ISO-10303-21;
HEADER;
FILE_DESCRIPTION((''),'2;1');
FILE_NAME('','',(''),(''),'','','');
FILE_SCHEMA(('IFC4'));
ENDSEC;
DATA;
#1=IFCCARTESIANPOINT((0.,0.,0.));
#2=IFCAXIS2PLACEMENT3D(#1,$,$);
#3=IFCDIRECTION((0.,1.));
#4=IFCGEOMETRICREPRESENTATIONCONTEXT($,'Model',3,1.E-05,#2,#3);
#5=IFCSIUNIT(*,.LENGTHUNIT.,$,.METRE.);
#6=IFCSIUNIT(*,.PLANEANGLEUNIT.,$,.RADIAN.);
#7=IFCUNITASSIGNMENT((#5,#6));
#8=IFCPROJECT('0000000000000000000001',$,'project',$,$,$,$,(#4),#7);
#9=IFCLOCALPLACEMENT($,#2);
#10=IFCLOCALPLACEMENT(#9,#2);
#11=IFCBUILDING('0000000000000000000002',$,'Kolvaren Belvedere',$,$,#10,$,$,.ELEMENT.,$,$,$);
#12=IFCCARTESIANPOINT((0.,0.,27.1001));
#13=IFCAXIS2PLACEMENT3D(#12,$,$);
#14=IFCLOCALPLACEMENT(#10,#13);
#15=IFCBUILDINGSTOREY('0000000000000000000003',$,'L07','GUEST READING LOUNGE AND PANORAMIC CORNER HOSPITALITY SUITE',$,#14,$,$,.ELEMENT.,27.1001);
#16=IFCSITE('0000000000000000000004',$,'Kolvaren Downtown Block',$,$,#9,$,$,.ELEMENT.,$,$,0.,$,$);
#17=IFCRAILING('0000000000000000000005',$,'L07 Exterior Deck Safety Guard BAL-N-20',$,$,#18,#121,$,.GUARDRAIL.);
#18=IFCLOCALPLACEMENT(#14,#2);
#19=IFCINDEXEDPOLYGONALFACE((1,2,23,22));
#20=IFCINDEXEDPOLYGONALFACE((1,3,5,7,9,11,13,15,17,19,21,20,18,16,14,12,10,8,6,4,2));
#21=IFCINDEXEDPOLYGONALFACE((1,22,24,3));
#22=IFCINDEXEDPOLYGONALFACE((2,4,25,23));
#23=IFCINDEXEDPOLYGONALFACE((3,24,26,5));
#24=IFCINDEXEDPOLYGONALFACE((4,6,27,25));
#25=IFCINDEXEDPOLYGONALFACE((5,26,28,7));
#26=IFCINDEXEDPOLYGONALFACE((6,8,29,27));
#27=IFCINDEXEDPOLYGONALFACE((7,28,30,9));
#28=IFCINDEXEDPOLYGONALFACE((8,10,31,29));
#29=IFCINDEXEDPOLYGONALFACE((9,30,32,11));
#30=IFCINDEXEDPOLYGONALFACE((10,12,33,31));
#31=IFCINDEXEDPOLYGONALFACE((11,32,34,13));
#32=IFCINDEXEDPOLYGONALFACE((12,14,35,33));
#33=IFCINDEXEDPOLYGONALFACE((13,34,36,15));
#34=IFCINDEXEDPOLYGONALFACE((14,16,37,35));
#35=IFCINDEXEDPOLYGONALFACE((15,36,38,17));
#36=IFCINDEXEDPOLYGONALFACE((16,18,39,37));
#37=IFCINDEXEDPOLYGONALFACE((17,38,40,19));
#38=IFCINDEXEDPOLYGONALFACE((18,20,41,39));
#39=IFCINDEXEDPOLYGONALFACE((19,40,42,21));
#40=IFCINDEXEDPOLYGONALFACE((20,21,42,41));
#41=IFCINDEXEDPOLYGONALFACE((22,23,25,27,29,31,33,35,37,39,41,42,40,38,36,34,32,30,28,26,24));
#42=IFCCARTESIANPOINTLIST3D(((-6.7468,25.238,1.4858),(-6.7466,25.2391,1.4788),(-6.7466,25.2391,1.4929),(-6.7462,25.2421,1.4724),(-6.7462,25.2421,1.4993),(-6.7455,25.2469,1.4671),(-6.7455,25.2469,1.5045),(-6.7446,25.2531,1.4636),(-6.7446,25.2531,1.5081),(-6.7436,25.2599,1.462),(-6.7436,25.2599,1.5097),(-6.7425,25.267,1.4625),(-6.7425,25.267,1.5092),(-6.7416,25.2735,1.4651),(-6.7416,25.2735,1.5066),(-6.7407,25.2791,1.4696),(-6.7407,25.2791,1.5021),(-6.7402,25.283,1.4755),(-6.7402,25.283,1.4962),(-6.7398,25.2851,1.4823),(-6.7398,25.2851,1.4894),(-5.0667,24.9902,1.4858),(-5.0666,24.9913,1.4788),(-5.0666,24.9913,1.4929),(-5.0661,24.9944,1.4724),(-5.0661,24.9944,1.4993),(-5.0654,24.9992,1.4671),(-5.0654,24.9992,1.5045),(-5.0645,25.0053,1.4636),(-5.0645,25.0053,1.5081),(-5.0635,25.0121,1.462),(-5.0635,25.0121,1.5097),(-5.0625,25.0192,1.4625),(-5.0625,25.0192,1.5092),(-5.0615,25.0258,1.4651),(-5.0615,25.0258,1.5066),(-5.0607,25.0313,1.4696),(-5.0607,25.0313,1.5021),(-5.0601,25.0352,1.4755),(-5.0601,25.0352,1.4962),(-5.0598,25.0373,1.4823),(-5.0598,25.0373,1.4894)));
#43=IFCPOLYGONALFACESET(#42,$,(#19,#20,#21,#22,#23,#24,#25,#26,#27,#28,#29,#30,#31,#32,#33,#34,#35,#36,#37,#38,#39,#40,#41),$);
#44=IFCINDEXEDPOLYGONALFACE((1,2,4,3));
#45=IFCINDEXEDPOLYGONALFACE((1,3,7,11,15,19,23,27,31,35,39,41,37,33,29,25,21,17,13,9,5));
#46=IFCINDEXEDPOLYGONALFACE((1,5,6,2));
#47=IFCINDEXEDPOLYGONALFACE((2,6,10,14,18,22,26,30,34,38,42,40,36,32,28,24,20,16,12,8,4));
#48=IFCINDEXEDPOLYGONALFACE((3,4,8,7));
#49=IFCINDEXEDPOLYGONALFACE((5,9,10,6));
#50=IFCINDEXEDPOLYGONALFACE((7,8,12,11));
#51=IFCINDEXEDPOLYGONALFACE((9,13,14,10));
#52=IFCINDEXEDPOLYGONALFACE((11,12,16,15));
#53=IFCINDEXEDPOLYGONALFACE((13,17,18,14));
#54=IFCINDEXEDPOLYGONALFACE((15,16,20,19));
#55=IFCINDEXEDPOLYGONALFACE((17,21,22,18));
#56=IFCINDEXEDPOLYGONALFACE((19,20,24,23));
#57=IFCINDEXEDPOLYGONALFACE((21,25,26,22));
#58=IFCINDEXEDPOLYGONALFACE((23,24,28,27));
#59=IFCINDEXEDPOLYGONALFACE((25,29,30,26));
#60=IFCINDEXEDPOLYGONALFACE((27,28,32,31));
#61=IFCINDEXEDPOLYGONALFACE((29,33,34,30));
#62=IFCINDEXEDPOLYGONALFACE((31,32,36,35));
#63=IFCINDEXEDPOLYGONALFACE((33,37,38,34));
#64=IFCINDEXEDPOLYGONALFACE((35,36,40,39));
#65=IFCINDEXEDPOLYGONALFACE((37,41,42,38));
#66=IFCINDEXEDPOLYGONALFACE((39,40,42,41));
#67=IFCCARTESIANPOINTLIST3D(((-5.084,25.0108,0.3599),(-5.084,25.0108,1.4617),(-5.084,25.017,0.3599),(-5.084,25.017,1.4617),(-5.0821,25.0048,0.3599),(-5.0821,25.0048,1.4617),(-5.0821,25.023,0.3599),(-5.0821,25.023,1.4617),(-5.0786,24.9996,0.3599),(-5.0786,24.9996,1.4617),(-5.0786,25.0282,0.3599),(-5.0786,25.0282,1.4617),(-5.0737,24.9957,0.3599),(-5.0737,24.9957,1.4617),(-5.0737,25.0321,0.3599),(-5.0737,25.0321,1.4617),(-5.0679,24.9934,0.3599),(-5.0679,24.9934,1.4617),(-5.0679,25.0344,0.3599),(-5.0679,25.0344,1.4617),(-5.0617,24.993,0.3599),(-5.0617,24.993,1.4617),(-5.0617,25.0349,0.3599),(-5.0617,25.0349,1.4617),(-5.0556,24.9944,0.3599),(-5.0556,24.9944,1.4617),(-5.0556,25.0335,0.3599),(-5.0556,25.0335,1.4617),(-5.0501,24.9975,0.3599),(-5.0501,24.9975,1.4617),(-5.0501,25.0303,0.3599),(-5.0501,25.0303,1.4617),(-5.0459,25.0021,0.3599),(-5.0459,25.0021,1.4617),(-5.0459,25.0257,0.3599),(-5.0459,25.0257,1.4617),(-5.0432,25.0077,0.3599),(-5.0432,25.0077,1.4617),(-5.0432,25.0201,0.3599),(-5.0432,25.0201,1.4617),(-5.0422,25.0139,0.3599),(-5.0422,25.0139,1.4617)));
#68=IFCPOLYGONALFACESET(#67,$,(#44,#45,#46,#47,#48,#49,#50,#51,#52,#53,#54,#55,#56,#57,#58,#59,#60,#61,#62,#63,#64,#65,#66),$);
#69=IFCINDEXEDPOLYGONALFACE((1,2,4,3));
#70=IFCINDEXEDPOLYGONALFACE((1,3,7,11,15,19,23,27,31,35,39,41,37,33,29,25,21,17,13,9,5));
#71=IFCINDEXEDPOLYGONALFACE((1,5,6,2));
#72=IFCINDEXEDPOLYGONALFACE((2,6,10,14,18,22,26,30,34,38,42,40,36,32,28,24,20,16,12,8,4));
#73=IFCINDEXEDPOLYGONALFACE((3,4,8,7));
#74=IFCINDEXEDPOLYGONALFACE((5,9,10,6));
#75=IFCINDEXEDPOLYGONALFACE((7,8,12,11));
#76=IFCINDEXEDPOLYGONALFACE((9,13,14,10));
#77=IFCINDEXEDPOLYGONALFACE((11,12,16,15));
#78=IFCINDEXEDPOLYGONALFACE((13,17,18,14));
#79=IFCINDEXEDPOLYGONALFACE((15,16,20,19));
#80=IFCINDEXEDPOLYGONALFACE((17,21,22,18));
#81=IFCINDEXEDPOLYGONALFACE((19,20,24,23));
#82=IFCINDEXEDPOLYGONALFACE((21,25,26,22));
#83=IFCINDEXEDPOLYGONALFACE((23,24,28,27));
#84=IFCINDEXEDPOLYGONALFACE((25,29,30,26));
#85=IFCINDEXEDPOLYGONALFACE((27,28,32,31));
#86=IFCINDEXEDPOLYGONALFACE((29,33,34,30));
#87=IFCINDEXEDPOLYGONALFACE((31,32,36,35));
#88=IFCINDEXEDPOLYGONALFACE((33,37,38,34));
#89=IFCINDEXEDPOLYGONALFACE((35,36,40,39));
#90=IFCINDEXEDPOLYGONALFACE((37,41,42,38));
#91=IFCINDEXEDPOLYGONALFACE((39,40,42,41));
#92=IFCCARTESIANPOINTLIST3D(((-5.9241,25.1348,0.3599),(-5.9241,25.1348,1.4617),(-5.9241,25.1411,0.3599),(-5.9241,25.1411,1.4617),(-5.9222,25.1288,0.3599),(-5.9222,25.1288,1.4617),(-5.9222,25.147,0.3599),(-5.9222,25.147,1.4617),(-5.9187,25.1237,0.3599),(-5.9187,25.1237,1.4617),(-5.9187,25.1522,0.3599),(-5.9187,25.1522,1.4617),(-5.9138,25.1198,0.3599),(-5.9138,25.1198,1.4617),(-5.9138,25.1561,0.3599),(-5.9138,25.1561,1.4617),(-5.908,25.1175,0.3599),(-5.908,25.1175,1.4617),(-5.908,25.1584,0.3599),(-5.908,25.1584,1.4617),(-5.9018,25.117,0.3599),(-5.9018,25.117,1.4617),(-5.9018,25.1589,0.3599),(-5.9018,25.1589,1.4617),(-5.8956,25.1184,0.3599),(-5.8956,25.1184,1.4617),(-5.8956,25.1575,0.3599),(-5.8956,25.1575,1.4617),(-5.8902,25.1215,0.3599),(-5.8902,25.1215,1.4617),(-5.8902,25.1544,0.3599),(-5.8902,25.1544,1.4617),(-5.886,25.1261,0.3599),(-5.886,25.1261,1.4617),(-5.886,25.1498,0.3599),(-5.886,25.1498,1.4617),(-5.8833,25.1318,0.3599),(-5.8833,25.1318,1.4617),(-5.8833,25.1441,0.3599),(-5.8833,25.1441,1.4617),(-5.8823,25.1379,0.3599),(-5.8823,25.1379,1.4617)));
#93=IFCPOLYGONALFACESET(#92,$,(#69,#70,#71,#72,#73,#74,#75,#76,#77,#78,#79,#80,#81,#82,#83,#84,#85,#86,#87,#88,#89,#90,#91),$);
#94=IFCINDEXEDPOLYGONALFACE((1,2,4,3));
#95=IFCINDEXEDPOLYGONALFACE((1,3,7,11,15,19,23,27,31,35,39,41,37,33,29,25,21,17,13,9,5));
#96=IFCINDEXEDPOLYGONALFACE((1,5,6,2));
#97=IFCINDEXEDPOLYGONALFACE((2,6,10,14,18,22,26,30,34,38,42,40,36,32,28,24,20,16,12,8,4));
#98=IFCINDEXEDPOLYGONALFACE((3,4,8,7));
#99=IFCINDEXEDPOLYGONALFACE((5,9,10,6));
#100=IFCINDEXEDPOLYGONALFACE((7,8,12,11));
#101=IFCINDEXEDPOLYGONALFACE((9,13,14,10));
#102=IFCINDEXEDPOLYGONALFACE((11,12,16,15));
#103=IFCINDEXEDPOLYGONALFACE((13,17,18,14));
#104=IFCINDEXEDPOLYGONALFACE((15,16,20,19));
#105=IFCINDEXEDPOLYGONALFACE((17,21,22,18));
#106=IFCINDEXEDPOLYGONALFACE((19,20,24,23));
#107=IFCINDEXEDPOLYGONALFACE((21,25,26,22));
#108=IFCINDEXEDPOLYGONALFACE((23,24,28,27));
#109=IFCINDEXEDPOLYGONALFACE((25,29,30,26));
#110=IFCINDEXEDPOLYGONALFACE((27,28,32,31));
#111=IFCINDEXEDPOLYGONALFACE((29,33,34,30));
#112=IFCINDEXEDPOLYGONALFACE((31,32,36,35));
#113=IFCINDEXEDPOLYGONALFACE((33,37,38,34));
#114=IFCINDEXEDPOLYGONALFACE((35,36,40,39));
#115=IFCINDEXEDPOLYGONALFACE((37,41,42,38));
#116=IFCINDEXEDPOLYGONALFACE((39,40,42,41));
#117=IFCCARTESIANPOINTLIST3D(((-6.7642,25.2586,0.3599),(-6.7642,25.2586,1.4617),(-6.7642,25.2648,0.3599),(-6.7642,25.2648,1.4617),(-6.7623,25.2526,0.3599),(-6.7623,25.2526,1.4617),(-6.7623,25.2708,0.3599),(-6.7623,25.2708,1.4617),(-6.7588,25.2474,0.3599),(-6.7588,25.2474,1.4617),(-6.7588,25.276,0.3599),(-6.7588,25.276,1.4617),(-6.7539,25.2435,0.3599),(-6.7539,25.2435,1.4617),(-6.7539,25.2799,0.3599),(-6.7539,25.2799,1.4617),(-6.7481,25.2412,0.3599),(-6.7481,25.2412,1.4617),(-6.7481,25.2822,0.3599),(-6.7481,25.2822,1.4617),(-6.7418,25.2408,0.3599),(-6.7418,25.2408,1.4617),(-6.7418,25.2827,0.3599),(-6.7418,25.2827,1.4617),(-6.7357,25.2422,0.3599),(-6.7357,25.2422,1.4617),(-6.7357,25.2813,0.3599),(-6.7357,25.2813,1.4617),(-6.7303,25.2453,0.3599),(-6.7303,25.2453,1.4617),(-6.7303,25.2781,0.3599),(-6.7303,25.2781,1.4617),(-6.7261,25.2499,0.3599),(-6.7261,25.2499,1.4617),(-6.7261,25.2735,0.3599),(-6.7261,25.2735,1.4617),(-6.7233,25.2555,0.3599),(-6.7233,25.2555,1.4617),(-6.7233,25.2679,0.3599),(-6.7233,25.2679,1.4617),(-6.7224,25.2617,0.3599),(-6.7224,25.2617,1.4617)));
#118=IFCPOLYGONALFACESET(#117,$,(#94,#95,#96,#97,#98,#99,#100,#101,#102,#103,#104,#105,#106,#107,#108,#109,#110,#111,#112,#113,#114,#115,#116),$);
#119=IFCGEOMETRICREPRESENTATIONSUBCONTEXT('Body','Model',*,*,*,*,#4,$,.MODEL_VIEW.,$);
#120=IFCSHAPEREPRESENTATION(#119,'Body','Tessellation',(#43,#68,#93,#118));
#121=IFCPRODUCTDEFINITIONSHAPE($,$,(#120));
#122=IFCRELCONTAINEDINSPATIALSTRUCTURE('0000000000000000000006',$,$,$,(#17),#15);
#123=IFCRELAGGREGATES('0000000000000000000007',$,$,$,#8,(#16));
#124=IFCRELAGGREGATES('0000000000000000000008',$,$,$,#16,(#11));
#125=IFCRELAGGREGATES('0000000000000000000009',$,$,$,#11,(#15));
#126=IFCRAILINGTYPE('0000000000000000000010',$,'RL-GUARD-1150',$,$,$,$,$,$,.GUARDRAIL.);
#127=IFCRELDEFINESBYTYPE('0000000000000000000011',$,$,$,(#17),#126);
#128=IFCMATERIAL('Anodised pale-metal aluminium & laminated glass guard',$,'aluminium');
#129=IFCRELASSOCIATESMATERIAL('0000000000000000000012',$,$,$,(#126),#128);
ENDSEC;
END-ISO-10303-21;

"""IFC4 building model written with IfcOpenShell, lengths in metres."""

from ifc_helpers import new_model, si_unit, direction, frame, origin, origin_2d, place, context, subcontext, project, spatial, circle, extrude, material, type_object, element, save


model = new_model("IFC4")

# Units and contexts
model_context = context("Model", 3, precision=1e-05, world=origin(), true_north=direction((0.0, 1.0)))
body_context = subcontext(model_context, "Body", "Model", "MODEL_VIEW")
ifc_project = project(units=[si_unit("LENGTHUNIT", "METRE"), si_unit("PLANEANGLEUNIT", "RADIAN")], contexts=[model_context])

# Site, building, storey
site_placement = place(None, origin())
site = spatial("IfcSite", under=ifc_project, at=site_placement, Name="Kolvaren Downtown Block", CompositionType="ELEMENT", RefElevation=0.0)
building_placement = place(site_placement, origin())
building = spatial("IfcBuilding", under=site, at=building_placement, Name="Kolvaren Belvedere", CompositionType="ELEMENT")
storey_placement = place(building_placement, frame((0.0, 0.0, 27.1001)))
storey = spatial("IfcBuildingStorey", under=building, at=storey_placement, Name="L07", Description="GUEST READING LOUNGE AND PANORAMIC CORNER HOSPITALITY SUITE", CompositionType="ELEMENT", Elevation=27.1001)

# Railing
ifc_material_1 = material(Name="Anodised pale-metal aluminium & laminated glass guard", Category="aluminium")
railing_type = type_object("IfcRailingType", Name="RL-GUARD-1150", PredefinedType="GUARDRAIL", material=ifc_material_1)
railing_1_placement = place(storey_placement, frame((-5.0632, 25.0139, 0.3599)))
element("IfcRailing", 1, at=railing_1_placement, inside=storey, type_object=railing_type, Name="L07 Exterior Deck Safety Guard BAL-N-20", PredefinedType="GUARDRAIL", context=body_context, shape_type="SweptSolid", body=[
    extrude(circle(Radius=0.0239, at=origin_2d()), frame((0.0, 0.0, 1.126), z_axis=(-0.989298, 0.145908, 0.0), x_axis=(-0.145908, -0.989298, 0.0)), (0.0, 0.0, 1.0), 1.6982),
    extrude(circle(Radius=0.021, at=origin_2d()), origin(), (0.0, 0.0, 1.0), 1.1018),
    extrude(circle(Radius=0.021, at=origin_2d()), frame((-0.8401, 0.124, 0.0)), (0.0, 0.0, 1.0), 1.1018),
    extrude(circle(Radius=0.021, at=origin_2d()), frame((-1.6802, 0.2478, 0.0)), (0.0, 0.0, 1.0), 1.1018),
])

save(model, "model.ifc")
